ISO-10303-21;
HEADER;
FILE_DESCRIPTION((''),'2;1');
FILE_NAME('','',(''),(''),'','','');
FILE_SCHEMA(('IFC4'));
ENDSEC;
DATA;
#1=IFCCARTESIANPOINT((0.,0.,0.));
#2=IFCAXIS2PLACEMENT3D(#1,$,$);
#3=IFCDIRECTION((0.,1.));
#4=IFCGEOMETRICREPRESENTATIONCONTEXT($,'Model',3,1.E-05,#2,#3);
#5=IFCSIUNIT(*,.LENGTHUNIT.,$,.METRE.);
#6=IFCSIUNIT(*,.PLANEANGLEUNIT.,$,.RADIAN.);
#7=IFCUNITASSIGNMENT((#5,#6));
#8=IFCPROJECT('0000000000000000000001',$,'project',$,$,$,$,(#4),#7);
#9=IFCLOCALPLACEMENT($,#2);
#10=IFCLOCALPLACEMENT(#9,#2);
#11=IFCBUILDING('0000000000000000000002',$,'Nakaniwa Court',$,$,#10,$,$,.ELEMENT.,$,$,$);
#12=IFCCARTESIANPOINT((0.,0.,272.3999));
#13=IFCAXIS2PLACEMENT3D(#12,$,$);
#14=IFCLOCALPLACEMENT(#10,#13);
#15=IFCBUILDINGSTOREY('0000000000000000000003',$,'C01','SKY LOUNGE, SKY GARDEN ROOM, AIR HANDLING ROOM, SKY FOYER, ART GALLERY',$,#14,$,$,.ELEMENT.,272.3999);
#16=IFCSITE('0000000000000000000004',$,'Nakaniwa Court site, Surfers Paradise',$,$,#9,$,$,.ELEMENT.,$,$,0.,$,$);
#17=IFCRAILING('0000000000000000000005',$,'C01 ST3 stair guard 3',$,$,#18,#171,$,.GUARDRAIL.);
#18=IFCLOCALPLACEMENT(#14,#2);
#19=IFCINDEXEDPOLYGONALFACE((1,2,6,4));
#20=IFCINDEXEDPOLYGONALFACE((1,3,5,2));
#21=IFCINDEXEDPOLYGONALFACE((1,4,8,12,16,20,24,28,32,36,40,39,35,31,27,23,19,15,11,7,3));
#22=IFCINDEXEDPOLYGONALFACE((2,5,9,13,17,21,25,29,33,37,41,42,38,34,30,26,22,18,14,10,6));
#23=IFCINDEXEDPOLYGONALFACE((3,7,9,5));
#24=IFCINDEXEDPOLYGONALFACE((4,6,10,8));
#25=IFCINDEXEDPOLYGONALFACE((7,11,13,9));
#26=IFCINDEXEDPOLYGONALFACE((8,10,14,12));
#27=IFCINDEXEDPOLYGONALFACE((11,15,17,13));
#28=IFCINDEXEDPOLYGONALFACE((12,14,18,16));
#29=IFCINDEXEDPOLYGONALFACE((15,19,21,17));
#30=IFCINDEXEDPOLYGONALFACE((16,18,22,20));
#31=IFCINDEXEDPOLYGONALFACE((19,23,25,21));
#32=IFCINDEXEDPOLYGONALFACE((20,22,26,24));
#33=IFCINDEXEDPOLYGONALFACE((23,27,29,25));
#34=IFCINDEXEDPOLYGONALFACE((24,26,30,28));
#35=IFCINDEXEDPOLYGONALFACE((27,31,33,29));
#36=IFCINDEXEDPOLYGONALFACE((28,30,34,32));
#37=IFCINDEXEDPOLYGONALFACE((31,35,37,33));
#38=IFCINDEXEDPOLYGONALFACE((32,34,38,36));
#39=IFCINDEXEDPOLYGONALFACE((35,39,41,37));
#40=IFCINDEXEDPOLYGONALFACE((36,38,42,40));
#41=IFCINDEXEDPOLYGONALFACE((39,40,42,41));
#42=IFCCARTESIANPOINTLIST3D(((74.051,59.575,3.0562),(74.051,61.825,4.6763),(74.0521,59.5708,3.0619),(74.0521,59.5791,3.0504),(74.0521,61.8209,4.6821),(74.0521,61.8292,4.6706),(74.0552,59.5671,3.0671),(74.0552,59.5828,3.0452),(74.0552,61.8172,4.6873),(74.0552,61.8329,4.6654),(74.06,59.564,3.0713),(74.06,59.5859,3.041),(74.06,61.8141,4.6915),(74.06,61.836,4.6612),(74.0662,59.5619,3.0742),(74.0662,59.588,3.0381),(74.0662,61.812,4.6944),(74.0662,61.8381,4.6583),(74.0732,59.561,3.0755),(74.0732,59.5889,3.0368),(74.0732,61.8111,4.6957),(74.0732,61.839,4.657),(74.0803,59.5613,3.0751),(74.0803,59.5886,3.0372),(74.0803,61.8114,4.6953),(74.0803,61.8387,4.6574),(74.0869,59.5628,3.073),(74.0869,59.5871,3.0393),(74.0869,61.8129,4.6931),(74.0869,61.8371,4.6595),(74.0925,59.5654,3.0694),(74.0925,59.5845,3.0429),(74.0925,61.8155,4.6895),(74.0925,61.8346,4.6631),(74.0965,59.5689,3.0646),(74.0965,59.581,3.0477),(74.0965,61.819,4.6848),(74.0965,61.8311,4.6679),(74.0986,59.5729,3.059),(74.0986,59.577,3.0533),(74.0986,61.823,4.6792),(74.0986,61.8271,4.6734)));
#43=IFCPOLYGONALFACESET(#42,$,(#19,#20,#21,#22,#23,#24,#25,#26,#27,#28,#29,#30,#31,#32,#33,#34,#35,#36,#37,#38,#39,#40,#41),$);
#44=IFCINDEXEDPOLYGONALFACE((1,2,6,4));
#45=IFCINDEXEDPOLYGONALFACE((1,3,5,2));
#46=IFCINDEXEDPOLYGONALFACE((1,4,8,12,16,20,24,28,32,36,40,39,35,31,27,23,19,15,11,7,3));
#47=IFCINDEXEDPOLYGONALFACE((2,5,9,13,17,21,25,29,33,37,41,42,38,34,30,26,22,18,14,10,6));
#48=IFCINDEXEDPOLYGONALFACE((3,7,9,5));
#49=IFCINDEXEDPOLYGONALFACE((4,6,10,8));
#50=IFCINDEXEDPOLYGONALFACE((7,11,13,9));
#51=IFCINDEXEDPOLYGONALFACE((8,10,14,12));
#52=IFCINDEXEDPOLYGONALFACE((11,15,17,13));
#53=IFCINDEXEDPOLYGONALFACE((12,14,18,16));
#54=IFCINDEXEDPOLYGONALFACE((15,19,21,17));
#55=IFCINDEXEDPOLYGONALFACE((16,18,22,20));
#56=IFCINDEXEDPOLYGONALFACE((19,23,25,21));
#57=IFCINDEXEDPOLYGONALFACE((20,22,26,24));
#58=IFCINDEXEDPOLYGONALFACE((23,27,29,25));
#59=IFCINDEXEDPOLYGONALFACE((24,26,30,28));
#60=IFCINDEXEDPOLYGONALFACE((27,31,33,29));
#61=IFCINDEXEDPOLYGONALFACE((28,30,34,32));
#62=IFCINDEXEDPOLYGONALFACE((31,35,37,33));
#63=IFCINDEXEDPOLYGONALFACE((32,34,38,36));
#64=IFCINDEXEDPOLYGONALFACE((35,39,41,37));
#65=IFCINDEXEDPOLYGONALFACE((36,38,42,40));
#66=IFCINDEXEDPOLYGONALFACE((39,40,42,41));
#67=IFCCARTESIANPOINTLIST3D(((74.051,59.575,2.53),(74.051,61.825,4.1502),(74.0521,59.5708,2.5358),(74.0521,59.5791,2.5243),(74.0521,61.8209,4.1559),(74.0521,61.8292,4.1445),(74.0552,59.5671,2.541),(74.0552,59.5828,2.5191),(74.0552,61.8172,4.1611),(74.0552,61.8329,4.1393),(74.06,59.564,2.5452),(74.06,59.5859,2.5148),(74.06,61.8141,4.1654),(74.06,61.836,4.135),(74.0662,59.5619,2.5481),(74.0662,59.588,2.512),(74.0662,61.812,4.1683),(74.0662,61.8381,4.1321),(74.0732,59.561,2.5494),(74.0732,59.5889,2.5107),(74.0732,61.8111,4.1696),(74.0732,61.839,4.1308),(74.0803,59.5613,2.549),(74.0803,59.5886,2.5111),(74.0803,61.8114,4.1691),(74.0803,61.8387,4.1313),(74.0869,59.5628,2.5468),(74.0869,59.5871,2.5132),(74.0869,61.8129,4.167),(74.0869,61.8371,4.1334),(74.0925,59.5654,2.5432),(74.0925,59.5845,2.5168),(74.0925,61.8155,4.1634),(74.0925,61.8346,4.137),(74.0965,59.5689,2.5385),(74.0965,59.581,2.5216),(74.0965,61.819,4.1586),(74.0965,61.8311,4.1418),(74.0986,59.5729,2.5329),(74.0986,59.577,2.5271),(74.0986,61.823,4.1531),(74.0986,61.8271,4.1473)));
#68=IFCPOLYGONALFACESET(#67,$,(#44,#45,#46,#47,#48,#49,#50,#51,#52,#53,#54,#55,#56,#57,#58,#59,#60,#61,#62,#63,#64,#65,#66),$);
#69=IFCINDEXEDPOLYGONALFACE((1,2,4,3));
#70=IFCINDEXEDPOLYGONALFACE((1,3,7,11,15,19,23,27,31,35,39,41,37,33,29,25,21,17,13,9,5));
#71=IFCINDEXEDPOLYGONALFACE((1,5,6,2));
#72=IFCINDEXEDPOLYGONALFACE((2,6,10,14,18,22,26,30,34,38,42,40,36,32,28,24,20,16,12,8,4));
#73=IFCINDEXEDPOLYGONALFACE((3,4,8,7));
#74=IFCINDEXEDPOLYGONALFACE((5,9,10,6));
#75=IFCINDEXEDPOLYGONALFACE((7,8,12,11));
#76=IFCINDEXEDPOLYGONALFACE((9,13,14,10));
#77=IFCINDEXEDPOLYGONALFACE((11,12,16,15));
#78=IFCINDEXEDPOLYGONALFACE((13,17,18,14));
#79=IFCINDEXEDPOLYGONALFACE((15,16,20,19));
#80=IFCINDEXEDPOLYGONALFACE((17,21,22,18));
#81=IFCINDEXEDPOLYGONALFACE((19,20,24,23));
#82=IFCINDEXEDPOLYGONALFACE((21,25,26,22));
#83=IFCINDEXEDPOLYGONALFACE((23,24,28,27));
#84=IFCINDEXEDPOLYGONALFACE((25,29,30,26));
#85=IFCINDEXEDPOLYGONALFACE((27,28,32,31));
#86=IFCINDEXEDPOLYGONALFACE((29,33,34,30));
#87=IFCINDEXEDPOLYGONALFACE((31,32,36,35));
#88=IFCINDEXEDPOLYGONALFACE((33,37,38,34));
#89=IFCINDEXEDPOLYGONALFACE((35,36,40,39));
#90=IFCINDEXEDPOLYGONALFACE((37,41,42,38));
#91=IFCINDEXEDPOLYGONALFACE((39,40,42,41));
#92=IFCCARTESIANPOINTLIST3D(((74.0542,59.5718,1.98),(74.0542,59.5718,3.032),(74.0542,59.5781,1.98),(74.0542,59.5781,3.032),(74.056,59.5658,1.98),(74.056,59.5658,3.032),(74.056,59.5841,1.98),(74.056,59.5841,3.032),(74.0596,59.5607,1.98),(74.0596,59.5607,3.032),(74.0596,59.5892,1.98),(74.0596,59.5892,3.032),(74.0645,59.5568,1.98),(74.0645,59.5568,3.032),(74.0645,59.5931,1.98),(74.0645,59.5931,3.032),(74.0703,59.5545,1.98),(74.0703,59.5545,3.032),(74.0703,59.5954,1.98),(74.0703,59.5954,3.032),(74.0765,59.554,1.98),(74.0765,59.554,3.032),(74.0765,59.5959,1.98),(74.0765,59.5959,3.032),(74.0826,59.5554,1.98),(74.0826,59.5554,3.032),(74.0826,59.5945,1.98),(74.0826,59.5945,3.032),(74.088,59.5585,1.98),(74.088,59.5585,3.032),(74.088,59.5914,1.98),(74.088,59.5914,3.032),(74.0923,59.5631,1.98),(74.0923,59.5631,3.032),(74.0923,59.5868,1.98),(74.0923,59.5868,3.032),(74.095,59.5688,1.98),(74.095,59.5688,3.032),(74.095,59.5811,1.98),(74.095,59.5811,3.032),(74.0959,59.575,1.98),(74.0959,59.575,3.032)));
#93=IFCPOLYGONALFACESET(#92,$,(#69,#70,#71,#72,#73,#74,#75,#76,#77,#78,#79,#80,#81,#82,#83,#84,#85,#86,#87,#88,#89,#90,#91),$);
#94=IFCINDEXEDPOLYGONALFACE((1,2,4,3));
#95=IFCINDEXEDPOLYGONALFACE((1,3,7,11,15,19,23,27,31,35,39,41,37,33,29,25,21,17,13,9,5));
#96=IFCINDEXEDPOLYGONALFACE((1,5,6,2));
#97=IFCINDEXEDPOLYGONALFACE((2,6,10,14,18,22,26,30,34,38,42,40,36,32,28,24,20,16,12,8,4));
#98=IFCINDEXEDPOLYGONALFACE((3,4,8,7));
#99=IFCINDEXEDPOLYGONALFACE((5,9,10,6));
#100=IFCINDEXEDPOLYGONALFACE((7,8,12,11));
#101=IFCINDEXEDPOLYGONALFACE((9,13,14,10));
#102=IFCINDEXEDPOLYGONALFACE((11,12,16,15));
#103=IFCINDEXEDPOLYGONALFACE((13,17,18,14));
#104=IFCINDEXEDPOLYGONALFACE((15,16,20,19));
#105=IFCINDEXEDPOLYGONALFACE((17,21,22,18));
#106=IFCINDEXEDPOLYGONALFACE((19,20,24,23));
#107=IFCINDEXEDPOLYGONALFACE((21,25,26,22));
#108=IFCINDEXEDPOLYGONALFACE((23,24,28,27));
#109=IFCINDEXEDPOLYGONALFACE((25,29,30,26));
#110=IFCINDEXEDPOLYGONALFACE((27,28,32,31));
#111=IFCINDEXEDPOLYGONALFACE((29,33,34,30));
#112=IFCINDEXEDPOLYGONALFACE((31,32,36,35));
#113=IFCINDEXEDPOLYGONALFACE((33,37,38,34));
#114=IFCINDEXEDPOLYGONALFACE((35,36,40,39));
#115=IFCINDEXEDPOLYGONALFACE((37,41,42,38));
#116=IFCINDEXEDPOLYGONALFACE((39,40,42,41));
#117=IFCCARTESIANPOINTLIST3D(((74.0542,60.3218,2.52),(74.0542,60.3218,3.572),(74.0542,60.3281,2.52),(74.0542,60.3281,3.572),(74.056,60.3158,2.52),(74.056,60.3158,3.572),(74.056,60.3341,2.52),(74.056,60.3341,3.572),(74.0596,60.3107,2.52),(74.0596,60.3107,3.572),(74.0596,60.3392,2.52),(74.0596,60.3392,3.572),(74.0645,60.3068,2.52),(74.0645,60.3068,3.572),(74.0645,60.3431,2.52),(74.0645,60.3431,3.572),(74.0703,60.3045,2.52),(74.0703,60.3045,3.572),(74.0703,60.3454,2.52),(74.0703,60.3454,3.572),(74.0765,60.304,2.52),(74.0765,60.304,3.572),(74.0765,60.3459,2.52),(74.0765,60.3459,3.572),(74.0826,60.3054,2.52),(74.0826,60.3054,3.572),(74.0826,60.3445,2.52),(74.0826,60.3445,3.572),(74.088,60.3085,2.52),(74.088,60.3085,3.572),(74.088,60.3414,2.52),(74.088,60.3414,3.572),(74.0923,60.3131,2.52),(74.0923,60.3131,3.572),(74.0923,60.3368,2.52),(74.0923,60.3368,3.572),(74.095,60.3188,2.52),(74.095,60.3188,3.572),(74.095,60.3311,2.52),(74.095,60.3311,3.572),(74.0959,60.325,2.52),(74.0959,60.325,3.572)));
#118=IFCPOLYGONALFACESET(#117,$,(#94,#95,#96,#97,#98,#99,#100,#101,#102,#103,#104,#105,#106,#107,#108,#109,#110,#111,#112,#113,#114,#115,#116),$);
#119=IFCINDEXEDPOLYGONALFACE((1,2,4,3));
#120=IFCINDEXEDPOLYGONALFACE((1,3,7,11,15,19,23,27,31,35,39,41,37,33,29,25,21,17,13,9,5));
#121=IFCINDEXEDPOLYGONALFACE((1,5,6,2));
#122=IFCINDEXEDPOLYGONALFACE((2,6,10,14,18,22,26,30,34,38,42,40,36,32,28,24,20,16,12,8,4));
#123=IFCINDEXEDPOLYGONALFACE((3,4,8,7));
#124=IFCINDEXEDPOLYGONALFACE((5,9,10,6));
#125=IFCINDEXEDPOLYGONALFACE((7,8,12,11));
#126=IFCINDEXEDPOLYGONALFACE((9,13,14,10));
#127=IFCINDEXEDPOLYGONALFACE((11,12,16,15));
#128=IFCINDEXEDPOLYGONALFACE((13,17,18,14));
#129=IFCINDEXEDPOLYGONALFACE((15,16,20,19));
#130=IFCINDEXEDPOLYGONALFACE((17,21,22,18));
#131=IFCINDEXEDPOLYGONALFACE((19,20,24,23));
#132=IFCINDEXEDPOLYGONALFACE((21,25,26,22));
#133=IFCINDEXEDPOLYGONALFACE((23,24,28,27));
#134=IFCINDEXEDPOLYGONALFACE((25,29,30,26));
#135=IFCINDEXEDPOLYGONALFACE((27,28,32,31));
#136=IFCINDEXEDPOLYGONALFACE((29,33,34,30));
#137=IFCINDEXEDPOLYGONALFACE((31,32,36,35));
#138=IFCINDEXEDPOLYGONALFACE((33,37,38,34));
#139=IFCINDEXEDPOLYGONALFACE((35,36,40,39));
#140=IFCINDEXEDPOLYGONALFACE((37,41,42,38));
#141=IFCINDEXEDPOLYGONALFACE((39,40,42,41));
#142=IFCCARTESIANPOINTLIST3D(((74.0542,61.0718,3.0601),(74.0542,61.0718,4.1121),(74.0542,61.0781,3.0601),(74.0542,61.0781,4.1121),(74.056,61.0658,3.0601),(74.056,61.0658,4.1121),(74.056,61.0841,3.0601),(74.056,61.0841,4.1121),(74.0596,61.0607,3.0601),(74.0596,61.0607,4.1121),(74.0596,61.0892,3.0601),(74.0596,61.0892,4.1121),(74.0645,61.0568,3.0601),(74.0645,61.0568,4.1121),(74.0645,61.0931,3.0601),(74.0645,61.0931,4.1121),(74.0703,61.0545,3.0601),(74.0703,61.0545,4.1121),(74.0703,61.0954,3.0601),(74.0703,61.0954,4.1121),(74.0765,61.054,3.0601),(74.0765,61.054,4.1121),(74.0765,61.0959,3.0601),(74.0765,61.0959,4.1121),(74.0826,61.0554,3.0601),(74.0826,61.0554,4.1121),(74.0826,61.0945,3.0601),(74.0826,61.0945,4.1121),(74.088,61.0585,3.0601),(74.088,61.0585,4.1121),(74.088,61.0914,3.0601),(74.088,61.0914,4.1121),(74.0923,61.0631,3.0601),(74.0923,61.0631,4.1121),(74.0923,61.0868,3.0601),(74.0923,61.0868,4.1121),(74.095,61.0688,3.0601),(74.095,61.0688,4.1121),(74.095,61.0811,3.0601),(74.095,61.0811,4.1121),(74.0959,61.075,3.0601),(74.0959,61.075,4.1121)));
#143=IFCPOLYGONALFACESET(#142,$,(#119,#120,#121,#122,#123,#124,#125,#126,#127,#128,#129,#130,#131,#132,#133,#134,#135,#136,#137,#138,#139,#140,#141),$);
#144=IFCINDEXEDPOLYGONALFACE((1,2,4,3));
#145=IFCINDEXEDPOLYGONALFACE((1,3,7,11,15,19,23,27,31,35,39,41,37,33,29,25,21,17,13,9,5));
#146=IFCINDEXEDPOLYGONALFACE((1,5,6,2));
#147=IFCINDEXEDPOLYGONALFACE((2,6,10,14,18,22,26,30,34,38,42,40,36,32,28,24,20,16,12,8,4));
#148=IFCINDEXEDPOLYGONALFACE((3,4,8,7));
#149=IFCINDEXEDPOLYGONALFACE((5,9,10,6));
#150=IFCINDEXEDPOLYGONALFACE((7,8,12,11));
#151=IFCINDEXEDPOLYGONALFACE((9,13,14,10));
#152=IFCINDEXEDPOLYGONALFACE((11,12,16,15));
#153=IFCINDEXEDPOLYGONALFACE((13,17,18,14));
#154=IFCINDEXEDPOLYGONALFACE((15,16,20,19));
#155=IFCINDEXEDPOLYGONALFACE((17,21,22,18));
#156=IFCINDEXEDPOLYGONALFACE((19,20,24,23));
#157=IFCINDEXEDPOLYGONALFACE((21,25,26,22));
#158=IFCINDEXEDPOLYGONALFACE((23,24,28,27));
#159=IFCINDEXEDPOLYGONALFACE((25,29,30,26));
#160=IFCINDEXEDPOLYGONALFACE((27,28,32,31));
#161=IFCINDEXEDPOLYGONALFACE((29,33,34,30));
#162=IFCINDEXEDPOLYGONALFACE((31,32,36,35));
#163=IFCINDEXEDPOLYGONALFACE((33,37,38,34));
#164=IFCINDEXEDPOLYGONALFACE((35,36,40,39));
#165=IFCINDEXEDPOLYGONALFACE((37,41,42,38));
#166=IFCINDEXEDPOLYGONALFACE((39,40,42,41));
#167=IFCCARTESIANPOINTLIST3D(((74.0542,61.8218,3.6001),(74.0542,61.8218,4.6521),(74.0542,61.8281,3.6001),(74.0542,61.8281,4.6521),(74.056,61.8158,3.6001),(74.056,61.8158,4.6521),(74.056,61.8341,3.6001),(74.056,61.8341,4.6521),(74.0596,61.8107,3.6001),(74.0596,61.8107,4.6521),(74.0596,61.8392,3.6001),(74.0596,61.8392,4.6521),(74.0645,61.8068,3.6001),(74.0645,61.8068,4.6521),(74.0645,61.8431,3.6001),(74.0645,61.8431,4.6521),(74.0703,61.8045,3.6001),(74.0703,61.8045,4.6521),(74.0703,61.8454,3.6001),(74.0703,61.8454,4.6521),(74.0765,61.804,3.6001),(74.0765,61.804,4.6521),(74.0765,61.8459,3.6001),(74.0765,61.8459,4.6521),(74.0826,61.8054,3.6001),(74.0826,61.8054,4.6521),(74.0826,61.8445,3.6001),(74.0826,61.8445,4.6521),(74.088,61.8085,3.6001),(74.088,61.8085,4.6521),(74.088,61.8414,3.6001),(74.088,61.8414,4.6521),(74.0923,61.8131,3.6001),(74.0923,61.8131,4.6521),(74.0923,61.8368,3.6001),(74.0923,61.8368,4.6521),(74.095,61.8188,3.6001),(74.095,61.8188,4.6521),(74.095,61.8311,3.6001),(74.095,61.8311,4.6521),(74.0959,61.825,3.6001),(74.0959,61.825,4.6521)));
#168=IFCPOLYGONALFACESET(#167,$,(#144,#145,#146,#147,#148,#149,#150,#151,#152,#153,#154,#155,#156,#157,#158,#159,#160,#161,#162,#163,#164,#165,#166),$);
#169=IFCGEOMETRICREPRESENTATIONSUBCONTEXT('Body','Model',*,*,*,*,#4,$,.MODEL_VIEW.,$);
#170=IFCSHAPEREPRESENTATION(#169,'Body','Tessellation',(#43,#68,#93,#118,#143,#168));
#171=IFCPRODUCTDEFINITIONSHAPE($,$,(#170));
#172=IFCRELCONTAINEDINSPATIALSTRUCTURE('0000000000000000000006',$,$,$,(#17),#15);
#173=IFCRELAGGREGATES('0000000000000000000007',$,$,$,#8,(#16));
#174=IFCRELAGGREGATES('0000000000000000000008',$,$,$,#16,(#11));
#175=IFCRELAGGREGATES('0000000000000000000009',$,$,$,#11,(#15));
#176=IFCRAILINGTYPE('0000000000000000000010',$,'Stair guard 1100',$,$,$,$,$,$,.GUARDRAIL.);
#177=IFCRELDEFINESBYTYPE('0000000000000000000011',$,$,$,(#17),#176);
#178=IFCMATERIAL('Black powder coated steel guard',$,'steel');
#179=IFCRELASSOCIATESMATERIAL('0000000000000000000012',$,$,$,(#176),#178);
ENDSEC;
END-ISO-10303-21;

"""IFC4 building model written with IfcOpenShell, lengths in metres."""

from ifc_helpers import new_model, si_unit, direction, frame, origin, origin_2d, place, context, subcontext, project, spatial, circle, extrude, material, type_object, element, save


model = new_model("IFC4")

# Units and contexts
model_context = context("Model", 3, precision=1e-05, world=origin(), true_north=direction((0.0, 1.0)))
body_context = subcontext(model_context, "Body", "Model", "MODEL_VIEW")
ifc_project = project(units=[si_unit("LENGTHUNIT", "METRE"), si_unit("PLANEANGLEUNIT", "RADIAN")], contexts=[model_context])

# Site, building, storey
site_placement = place(None, origin())
site = spatial("IfcSite", under=ifc_project, at=site_placement, Name="Nakaniwa Court site, Surfers Paradise", CompositionType="ELEMENT", RefElevation=0.0)
building_placement = place(site_placement, origin())
building = spatial("IfcBuilding", under=site, at=building_placement, Name="Nakaniwa Court", CompositionType="ELEMENT")
storey_placement = place(building_placement, frame((0.0, 0.0, 272.3999)))
storey = spatial("IfcBuildingStorey", under=building, at=storey_placement, Name="C01", Description="SKY LOUNGE, SKY GARDEN ROOM, AIR HANDLING ROOM, SKY FOYER, ART GALLERY", CompositionType="ELEMENT", Elevation=272.3999)

# Railing
ifc_material_1 = material(Name="Black powder coated steel guard", Category="steel")
railing_type_1 = type_object("IfcRailingType", Name="Stair guard 1100", PredefinedType="GUARDRAIL", material=ifc_material_1)
railing_1_placement = place(storey_placement, frame((74.075, 59.575, 1.98)))
element("IfcRailing", 1, at=railing_1_placement, inside=storey, type_object=railing_type_1, Name="C01 ST3 stair guard 3", PredefinedType="GUARDRAIL", context=body_context, shape_type="SweptSolid", body=[
    extrude(circle(Radius=0.0239, at=origin_2d()), frame((0.0, 0.0, 1.0762), z_axis=(0.0, 0.811514, 0.584333), x_axis=(-1.0, 0.0, 0.0)), (0.0, 0.0, 1.0), 2.7727),
    extrude(circle(Radius=0.0239, at=origin_2d()), frame((0.0, 0.0, 0.55), z_axis=(0.0, 0.811514, 0.584333), x_axis=(-1.0, 0.0, 0.0)), (0.0, 0.0, 1.0), 2.7727),
    extrude(circle(Radius=0.021, at=origin_2d()), origin(), (0.0, 0.0, 1.0), 1.052),
    extrude(circle(Radius=0.021, at=origin_2d()), frame((0.0, 0.75, 0.54)), (0.0, 0.0, 1.0), 1.052),
    extrude(circle(Radius=0.021, at=origin_2d()), frame((0.0, 1.5, 1.0801)), (0.0, 0.0, 1.0), 1.052),
    extrude(circle(Radius=0.021, at=origin_2d()), frame((0.0, 2.25, 1.6201)), (0.0, 0.0, 1.0), 1.052),
])

save(model, "model.ifc")
